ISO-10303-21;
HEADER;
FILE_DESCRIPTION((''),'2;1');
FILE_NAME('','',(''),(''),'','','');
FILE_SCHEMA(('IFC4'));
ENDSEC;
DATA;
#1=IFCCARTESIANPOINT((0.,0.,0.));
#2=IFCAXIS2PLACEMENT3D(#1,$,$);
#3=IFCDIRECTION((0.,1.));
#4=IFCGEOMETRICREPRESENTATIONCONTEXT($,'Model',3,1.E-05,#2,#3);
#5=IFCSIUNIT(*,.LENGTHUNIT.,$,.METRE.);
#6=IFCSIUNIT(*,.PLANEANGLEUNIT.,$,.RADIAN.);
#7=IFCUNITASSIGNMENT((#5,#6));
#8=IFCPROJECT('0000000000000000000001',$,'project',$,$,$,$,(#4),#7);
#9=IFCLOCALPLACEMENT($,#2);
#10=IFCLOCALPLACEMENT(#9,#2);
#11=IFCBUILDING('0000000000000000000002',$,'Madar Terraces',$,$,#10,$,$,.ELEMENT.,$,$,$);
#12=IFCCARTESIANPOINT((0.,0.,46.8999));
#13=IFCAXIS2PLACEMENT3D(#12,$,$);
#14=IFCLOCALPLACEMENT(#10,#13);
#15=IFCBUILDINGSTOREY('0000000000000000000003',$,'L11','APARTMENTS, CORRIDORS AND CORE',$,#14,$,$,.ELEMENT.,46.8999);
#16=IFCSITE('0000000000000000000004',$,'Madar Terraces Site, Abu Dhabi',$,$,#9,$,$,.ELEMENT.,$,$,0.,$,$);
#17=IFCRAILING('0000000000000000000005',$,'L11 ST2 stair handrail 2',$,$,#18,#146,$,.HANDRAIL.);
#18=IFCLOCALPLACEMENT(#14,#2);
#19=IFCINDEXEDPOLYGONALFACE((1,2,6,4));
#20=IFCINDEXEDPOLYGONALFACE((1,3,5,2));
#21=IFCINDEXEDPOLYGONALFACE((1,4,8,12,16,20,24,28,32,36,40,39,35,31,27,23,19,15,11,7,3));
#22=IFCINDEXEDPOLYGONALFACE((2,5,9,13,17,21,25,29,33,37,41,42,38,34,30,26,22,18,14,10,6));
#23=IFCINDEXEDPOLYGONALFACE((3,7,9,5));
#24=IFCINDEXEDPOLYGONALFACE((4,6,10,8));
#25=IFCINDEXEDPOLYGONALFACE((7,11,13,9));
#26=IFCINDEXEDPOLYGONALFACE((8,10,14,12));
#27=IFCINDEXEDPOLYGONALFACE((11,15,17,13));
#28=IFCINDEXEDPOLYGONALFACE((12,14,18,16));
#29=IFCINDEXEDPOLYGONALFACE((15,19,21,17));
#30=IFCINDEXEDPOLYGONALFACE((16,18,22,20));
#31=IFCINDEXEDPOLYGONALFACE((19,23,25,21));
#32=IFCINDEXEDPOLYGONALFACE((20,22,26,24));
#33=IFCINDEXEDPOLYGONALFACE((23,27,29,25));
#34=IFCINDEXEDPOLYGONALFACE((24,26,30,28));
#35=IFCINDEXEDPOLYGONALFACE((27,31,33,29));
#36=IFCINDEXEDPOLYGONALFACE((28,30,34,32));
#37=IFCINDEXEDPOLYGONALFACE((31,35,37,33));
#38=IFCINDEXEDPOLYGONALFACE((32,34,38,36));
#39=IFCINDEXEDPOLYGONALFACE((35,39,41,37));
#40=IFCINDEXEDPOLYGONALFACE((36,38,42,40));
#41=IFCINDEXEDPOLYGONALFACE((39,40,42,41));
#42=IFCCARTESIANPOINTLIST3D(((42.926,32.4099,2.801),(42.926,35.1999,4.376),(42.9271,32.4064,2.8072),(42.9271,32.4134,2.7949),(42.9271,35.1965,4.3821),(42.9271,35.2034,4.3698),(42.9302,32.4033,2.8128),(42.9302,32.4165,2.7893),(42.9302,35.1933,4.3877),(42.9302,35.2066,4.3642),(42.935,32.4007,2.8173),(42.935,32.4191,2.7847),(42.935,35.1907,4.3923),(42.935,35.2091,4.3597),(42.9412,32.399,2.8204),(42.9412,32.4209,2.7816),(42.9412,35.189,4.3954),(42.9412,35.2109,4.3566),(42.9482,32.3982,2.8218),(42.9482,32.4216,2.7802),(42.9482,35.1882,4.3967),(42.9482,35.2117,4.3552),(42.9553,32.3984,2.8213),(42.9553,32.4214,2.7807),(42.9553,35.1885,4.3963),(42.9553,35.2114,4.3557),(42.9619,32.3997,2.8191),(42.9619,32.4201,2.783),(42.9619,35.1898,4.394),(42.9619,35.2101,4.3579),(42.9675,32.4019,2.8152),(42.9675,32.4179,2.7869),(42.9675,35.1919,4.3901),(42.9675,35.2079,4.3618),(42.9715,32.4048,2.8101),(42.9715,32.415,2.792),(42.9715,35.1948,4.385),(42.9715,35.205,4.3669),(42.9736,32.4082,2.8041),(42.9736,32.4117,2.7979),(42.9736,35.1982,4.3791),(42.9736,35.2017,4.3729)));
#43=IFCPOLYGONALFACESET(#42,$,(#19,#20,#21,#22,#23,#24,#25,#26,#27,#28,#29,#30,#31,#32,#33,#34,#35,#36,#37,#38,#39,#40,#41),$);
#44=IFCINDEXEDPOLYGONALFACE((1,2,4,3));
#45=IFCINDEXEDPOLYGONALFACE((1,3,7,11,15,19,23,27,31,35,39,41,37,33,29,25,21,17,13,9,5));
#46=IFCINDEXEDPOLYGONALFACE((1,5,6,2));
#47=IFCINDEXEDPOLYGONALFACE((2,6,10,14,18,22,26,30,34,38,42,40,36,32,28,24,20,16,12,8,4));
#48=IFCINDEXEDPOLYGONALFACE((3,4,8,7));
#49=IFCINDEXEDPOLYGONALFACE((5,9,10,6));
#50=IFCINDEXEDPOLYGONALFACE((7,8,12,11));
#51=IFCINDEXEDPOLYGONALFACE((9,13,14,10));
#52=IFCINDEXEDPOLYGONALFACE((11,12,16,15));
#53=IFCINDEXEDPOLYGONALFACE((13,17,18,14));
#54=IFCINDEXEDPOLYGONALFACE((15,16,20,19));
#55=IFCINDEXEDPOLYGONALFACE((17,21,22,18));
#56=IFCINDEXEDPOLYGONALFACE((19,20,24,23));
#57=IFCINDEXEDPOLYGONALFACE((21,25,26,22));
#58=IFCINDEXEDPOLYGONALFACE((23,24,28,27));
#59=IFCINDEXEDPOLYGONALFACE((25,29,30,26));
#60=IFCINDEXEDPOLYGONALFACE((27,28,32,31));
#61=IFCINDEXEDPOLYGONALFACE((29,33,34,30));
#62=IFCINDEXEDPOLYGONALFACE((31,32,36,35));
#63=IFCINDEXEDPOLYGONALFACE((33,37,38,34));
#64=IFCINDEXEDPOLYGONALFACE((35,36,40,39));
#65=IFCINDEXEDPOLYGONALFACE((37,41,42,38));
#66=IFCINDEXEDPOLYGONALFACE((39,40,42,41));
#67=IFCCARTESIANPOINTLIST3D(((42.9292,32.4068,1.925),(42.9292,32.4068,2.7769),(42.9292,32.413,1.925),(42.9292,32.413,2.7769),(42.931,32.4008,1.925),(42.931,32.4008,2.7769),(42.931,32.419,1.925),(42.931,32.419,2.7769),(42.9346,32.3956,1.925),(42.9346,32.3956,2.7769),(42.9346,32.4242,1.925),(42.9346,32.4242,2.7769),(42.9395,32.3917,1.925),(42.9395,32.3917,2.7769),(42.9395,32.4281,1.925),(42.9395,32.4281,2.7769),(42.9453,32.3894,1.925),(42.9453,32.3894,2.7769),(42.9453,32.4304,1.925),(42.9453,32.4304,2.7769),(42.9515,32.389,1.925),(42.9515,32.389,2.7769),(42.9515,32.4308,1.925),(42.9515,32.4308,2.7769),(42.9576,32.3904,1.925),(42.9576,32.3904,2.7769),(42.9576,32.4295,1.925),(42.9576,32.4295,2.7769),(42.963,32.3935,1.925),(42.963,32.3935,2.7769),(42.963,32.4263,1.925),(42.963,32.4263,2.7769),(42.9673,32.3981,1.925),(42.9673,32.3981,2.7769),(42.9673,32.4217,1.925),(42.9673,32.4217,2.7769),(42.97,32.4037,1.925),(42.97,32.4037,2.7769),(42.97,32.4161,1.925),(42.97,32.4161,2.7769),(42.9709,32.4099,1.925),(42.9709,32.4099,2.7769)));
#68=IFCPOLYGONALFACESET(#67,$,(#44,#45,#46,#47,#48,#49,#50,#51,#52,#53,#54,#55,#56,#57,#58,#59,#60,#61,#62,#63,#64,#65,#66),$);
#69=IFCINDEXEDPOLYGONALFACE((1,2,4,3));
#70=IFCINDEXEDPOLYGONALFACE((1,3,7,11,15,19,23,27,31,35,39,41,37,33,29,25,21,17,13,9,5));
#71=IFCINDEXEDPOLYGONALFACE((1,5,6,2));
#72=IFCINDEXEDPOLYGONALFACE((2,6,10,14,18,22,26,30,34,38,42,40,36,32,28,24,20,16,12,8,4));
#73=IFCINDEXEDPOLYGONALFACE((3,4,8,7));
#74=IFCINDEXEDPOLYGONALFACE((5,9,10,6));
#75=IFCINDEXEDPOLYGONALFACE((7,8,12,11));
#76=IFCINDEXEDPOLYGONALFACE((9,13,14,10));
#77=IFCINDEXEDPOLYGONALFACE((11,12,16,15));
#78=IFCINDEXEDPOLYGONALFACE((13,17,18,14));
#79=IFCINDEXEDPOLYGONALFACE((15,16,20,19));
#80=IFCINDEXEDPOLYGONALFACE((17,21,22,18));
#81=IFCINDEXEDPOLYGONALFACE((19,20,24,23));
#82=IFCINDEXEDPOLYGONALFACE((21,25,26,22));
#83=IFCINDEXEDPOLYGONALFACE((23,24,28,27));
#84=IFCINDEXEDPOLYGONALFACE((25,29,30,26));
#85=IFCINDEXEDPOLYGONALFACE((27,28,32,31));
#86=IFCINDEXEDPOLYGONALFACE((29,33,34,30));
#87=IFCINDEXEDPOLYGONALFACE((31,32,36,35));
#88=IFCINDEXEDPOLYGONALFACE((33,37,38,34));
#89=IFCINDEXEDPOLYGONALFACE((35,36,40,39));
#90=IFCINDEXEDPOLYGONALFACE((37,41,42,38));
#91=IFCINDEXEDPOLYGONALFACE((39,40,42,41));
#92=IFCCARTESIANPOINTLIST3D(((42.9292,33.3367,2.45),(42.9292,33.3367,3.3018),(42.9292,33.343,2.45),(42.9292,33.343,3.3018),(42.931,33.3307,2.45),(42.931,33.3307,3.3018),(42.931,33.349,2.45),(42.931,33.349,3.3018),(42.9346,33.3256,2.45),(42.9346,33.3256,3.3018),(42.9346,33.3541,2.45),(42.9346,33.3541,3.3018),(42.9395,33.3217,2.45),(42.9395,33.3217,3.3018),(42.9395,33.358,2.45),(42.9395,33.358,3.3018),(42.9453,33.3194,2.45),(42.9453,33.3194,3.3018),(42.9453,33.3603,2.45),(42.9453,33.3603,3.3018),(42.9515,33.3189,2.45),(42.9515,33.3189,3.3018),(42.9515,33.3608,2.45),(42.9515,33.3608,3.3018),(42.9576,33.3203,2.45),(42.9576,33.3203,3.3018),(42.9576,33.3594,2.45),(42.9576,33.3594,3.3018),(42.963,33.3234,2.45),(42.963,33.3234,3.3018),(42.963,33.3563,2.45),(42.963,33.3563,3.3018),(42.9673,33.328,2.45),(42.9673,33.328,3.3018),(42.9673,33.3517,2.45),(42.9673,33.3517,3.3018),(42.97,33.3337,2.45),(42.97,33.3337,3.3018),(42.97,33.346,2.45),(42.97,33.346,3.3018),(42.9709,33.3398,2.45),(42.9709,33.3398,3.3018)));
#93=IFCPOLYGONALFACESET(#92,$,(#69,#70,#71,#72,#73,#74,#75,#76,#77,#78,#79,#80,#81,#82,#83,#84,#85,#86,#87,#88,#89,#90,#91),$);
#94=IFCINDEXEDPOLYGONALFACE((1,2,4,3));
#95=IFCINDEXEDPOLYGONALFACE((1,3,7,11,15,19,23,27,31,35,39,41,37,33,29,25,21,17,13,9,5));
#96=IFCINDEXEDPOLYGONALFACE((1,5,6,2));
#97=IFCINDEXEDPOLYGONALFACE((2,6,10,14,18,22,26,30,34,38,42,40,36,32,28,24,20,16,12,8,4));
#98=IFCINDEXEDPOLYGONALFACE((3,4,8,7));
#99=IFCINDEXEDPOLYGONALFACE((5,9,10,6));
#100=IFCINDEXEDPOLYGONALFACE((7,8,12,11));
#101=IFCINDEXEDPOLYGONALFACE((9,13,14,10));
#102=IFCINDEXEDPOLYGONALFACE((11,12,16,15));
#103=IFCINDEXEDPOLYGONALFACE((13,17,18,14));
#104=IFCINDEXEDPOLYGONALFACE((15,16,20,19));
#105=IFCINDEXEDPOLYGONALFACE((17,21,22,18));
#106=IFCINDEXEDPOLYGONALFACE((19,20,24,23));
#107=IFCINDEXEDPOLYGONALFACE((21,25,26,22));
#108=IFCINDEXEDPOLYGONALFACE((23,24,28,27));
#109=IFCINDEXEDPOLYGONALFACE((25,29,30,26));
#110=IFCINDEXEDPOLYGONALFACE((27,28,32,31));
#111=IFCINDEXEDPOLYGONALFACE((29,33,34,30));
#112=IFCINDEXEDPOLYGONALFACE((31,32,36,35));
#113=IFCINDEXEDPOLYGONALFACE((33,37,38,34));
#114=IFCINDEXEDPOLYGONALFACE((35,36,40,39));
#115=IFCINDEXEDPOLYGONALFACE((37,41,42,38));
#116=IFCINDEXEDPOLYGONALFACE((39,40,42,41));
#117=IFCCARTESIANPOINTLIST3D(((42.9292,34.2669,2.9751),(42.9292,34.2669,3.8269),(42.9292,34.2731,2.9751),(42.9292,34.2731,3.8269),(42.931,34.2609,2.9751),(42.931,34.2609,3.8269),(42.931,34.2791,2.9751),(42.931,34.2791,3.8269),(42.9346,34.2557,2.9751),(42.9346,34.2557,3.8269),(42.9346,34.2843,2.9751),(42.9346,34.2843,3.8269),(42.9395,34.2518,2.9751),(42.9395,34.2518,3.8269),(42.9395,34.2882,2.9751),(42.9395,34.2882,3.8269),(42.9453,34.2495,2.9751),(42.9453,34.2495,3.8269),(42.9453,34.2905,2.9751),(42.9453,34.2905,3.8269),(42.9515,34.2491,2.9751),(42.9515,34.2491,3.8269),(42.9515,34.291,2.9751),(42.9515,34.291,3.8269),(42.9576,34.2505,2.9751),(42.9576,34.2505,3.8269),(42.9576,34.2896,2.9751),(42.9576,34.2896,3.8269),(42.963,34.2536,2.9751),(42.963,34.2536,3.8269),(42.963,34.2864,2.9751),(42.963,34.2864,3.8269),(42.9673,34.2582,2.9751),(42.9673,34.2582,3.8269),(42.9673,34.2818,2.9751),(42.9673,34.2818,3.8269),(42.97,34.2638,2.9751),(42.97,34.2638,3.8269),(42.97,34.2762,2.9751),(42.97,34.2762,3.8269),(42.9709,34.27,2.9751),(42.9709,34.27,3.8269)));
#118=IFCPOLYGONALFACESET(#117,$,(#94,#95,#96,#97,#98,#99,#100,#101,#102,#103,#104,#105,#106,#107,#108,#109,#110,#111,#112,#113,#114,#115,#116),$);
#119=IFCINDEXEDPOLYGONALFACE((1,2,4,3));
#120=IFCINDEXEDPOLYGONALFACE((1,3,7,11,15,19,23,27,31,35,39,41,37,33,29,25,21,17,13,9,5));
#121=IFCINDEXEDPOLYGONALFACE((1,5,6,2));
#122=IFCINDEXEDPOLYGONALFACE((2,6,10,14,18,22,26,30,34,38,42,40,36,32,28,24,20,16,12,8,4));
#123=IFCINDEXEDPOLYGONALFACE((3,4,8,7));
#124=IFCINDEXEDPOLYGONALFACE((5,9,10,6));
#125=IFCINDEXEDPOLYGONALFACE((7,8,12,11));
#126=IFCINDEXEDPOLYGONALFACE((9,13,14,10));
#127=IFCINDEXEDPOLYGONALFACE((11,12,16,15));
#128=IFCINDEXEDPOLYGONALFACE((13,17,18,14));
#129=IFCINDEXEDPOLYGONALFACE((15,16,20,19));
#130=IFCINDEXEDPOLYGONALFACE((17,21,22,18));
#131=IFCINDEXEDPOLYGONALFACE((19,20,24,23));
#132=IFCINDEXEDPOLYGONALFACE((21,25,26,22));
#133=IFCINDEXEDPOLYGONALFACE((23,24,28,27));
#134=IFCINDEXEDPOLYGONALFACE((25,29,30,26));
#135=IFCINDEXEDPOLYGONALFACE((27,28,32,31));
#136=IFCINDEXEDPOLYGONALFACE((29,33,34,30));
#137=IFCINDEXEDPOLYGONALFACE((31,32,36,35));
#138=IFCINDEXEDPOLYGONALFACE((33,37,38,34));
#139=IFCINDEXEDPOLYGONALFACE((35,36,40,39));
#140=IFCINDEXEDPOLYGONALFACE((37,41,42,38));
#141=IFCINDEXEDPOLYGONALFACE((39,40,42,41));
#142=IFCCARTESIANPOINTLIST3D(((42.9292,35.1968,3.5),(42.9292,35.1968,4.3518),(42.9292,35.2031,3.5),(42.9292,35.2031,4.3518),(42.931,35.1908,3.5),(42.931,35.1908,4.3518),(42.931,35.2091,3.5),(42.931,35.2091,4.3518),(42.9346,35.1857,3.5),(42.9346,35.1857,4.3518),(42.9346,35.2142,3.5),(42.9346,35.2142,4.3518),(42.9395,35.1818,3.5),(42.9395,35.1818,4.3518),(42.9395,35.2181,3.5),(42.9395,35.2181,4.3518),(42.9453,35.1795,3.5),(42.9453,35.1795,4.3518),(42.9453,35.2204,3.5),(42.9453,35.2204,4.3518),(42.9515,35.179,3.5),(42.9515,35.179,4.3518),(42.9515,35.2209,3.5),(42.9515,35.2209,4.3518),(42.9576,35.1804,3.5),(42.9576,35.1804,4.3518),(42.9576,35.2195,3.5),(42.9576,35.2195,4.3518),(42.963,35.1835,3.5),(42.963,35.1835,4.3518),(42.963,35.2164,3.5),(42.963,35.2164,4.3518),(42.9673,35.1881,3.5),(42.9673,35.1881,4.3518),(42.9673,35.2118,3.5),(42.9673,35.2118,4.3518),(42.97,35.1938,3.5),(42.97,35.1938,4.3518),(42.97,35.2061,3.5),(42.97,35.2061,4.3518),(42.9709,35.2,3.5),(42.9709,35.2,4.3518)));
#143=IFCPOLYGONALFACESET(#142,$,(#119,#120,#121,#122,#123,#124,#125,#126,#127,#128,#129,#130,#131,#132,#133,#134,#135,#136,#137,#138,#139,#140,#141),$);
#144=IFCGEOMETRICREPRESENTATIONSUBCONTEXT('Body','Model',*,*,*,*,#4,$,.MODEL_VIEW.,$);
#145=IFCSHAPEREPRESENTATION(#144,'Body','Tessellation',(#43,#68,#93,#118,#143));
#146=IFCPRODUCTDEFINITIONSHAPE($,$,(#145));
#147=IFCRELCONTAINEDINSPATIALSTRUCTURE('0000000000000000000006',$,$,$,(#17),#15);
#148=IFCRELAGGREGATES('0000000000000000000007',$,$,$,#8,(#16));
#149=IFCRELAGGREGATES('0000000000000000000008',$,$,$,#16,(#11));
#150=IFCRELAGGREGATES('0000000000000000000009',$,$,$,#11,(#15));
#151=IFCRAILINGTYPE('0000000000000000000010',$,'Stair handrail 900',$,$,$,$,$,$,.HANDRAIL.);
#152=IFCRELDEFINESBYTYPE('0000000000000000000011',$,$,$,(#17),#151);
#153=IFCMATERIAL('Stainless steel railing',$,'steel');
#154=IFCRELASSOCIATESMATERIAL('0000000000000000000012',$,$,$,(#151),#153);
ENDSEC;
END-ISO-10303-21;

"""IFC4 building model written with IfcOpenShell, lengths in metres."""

from ifc_helpers import new_model, si_unit, direction, frame, origin, origin_2d, place, context, subcontext, project, spatial, circle, extrude, material, type_object, element, save


model = new_model("IFC4")

# Units and contexts
model_context = context("Model", 3, precision=1e-05, world=origin(), true_north=direction((0.0, 1.0)))
body_context = subcontext(model_context, "Body", "Model", "MODEL_VIEW")
ifc_project = project(units=[si_unit("LENGTHUNIT", "METRE"), si_unit("PLANEANGLEUNIT", "RADIAN")], contexts=[model_context])

# Site, building, storey
site_placement = place(None, origin())
site = spatial("IfcSite", under=ifc_project, at=site_placement, Name="Madar Terraces Site, Abu Dhabi", CompositionType="ELEMENT", RefElevation=0.0)
building_placement = place(site_placement, origin())
building = spatial("IfcBuilding", under=site, at=building_placement, Name="Madar Terraces", CompositionType="ELEMENT")
storey_placement = place(building_placement, frame((0.0, 0.0, 46.8999)))
storey = spatial("IfcBuildingStorey", under=building, at=storey_placement, Name="L11", Description="APARTMENTS, CORRIDORS AND CORE", CompositionType="ELEMENT", Elevation=46.8999)

# Railing
ifc_material_1 = material(Name="Stainless steel railing", Category="steel")
railing_type_1 = type_object("IfcRailingType", Name="Stair handrail 900", PredefinedType="HANDRAIL", material=ifc_material_1)
railing_1_placement = place(storey_placement, frame((42.95, 32.4099, 1.925)))
element("IfcRailing", 1, at=railing_1_placement, inside=storey, type_object=railing_type_1, Name="L11 ST2 stair handrail 2", PredefinedType="HANDRAIL", context=body_context, shape_type="SweptSolid", body=[
    extrude(circle(Radius=0.0239, at=origin_2d()), frame((0.0, 0.0, 0.876), z_axis=(0.0, 0.870834, 0.491578), x_axis=(-1.0, 0.0, 0.0)), (0.0, 0.0, 1.0), 3.2039),
    extrude(circle(Radius=0.021, at=origin_2d()), origin(), (0.0, 0.0, 1.0), 0.8518),
    extrude(circle(Radius=0.021, at=origin_2d()), frame((0.0, 0.9299, 0.5249)), (0.0, 0.0, 1.0), 0.8518),
    extrude(circle(Radius=0.021, at=origin_2d()), frame((0.0, 1.8601, 1.05)), (0.0, 0.0, 1.0), 0.8518),
    extrude(circle(Radius=0.021, at=origin_2d()), frame((0.0, 2.79, 1.575)), (0.0, 0.0, 1.0), 0.8518),
])

save(model, "model.ifc")
